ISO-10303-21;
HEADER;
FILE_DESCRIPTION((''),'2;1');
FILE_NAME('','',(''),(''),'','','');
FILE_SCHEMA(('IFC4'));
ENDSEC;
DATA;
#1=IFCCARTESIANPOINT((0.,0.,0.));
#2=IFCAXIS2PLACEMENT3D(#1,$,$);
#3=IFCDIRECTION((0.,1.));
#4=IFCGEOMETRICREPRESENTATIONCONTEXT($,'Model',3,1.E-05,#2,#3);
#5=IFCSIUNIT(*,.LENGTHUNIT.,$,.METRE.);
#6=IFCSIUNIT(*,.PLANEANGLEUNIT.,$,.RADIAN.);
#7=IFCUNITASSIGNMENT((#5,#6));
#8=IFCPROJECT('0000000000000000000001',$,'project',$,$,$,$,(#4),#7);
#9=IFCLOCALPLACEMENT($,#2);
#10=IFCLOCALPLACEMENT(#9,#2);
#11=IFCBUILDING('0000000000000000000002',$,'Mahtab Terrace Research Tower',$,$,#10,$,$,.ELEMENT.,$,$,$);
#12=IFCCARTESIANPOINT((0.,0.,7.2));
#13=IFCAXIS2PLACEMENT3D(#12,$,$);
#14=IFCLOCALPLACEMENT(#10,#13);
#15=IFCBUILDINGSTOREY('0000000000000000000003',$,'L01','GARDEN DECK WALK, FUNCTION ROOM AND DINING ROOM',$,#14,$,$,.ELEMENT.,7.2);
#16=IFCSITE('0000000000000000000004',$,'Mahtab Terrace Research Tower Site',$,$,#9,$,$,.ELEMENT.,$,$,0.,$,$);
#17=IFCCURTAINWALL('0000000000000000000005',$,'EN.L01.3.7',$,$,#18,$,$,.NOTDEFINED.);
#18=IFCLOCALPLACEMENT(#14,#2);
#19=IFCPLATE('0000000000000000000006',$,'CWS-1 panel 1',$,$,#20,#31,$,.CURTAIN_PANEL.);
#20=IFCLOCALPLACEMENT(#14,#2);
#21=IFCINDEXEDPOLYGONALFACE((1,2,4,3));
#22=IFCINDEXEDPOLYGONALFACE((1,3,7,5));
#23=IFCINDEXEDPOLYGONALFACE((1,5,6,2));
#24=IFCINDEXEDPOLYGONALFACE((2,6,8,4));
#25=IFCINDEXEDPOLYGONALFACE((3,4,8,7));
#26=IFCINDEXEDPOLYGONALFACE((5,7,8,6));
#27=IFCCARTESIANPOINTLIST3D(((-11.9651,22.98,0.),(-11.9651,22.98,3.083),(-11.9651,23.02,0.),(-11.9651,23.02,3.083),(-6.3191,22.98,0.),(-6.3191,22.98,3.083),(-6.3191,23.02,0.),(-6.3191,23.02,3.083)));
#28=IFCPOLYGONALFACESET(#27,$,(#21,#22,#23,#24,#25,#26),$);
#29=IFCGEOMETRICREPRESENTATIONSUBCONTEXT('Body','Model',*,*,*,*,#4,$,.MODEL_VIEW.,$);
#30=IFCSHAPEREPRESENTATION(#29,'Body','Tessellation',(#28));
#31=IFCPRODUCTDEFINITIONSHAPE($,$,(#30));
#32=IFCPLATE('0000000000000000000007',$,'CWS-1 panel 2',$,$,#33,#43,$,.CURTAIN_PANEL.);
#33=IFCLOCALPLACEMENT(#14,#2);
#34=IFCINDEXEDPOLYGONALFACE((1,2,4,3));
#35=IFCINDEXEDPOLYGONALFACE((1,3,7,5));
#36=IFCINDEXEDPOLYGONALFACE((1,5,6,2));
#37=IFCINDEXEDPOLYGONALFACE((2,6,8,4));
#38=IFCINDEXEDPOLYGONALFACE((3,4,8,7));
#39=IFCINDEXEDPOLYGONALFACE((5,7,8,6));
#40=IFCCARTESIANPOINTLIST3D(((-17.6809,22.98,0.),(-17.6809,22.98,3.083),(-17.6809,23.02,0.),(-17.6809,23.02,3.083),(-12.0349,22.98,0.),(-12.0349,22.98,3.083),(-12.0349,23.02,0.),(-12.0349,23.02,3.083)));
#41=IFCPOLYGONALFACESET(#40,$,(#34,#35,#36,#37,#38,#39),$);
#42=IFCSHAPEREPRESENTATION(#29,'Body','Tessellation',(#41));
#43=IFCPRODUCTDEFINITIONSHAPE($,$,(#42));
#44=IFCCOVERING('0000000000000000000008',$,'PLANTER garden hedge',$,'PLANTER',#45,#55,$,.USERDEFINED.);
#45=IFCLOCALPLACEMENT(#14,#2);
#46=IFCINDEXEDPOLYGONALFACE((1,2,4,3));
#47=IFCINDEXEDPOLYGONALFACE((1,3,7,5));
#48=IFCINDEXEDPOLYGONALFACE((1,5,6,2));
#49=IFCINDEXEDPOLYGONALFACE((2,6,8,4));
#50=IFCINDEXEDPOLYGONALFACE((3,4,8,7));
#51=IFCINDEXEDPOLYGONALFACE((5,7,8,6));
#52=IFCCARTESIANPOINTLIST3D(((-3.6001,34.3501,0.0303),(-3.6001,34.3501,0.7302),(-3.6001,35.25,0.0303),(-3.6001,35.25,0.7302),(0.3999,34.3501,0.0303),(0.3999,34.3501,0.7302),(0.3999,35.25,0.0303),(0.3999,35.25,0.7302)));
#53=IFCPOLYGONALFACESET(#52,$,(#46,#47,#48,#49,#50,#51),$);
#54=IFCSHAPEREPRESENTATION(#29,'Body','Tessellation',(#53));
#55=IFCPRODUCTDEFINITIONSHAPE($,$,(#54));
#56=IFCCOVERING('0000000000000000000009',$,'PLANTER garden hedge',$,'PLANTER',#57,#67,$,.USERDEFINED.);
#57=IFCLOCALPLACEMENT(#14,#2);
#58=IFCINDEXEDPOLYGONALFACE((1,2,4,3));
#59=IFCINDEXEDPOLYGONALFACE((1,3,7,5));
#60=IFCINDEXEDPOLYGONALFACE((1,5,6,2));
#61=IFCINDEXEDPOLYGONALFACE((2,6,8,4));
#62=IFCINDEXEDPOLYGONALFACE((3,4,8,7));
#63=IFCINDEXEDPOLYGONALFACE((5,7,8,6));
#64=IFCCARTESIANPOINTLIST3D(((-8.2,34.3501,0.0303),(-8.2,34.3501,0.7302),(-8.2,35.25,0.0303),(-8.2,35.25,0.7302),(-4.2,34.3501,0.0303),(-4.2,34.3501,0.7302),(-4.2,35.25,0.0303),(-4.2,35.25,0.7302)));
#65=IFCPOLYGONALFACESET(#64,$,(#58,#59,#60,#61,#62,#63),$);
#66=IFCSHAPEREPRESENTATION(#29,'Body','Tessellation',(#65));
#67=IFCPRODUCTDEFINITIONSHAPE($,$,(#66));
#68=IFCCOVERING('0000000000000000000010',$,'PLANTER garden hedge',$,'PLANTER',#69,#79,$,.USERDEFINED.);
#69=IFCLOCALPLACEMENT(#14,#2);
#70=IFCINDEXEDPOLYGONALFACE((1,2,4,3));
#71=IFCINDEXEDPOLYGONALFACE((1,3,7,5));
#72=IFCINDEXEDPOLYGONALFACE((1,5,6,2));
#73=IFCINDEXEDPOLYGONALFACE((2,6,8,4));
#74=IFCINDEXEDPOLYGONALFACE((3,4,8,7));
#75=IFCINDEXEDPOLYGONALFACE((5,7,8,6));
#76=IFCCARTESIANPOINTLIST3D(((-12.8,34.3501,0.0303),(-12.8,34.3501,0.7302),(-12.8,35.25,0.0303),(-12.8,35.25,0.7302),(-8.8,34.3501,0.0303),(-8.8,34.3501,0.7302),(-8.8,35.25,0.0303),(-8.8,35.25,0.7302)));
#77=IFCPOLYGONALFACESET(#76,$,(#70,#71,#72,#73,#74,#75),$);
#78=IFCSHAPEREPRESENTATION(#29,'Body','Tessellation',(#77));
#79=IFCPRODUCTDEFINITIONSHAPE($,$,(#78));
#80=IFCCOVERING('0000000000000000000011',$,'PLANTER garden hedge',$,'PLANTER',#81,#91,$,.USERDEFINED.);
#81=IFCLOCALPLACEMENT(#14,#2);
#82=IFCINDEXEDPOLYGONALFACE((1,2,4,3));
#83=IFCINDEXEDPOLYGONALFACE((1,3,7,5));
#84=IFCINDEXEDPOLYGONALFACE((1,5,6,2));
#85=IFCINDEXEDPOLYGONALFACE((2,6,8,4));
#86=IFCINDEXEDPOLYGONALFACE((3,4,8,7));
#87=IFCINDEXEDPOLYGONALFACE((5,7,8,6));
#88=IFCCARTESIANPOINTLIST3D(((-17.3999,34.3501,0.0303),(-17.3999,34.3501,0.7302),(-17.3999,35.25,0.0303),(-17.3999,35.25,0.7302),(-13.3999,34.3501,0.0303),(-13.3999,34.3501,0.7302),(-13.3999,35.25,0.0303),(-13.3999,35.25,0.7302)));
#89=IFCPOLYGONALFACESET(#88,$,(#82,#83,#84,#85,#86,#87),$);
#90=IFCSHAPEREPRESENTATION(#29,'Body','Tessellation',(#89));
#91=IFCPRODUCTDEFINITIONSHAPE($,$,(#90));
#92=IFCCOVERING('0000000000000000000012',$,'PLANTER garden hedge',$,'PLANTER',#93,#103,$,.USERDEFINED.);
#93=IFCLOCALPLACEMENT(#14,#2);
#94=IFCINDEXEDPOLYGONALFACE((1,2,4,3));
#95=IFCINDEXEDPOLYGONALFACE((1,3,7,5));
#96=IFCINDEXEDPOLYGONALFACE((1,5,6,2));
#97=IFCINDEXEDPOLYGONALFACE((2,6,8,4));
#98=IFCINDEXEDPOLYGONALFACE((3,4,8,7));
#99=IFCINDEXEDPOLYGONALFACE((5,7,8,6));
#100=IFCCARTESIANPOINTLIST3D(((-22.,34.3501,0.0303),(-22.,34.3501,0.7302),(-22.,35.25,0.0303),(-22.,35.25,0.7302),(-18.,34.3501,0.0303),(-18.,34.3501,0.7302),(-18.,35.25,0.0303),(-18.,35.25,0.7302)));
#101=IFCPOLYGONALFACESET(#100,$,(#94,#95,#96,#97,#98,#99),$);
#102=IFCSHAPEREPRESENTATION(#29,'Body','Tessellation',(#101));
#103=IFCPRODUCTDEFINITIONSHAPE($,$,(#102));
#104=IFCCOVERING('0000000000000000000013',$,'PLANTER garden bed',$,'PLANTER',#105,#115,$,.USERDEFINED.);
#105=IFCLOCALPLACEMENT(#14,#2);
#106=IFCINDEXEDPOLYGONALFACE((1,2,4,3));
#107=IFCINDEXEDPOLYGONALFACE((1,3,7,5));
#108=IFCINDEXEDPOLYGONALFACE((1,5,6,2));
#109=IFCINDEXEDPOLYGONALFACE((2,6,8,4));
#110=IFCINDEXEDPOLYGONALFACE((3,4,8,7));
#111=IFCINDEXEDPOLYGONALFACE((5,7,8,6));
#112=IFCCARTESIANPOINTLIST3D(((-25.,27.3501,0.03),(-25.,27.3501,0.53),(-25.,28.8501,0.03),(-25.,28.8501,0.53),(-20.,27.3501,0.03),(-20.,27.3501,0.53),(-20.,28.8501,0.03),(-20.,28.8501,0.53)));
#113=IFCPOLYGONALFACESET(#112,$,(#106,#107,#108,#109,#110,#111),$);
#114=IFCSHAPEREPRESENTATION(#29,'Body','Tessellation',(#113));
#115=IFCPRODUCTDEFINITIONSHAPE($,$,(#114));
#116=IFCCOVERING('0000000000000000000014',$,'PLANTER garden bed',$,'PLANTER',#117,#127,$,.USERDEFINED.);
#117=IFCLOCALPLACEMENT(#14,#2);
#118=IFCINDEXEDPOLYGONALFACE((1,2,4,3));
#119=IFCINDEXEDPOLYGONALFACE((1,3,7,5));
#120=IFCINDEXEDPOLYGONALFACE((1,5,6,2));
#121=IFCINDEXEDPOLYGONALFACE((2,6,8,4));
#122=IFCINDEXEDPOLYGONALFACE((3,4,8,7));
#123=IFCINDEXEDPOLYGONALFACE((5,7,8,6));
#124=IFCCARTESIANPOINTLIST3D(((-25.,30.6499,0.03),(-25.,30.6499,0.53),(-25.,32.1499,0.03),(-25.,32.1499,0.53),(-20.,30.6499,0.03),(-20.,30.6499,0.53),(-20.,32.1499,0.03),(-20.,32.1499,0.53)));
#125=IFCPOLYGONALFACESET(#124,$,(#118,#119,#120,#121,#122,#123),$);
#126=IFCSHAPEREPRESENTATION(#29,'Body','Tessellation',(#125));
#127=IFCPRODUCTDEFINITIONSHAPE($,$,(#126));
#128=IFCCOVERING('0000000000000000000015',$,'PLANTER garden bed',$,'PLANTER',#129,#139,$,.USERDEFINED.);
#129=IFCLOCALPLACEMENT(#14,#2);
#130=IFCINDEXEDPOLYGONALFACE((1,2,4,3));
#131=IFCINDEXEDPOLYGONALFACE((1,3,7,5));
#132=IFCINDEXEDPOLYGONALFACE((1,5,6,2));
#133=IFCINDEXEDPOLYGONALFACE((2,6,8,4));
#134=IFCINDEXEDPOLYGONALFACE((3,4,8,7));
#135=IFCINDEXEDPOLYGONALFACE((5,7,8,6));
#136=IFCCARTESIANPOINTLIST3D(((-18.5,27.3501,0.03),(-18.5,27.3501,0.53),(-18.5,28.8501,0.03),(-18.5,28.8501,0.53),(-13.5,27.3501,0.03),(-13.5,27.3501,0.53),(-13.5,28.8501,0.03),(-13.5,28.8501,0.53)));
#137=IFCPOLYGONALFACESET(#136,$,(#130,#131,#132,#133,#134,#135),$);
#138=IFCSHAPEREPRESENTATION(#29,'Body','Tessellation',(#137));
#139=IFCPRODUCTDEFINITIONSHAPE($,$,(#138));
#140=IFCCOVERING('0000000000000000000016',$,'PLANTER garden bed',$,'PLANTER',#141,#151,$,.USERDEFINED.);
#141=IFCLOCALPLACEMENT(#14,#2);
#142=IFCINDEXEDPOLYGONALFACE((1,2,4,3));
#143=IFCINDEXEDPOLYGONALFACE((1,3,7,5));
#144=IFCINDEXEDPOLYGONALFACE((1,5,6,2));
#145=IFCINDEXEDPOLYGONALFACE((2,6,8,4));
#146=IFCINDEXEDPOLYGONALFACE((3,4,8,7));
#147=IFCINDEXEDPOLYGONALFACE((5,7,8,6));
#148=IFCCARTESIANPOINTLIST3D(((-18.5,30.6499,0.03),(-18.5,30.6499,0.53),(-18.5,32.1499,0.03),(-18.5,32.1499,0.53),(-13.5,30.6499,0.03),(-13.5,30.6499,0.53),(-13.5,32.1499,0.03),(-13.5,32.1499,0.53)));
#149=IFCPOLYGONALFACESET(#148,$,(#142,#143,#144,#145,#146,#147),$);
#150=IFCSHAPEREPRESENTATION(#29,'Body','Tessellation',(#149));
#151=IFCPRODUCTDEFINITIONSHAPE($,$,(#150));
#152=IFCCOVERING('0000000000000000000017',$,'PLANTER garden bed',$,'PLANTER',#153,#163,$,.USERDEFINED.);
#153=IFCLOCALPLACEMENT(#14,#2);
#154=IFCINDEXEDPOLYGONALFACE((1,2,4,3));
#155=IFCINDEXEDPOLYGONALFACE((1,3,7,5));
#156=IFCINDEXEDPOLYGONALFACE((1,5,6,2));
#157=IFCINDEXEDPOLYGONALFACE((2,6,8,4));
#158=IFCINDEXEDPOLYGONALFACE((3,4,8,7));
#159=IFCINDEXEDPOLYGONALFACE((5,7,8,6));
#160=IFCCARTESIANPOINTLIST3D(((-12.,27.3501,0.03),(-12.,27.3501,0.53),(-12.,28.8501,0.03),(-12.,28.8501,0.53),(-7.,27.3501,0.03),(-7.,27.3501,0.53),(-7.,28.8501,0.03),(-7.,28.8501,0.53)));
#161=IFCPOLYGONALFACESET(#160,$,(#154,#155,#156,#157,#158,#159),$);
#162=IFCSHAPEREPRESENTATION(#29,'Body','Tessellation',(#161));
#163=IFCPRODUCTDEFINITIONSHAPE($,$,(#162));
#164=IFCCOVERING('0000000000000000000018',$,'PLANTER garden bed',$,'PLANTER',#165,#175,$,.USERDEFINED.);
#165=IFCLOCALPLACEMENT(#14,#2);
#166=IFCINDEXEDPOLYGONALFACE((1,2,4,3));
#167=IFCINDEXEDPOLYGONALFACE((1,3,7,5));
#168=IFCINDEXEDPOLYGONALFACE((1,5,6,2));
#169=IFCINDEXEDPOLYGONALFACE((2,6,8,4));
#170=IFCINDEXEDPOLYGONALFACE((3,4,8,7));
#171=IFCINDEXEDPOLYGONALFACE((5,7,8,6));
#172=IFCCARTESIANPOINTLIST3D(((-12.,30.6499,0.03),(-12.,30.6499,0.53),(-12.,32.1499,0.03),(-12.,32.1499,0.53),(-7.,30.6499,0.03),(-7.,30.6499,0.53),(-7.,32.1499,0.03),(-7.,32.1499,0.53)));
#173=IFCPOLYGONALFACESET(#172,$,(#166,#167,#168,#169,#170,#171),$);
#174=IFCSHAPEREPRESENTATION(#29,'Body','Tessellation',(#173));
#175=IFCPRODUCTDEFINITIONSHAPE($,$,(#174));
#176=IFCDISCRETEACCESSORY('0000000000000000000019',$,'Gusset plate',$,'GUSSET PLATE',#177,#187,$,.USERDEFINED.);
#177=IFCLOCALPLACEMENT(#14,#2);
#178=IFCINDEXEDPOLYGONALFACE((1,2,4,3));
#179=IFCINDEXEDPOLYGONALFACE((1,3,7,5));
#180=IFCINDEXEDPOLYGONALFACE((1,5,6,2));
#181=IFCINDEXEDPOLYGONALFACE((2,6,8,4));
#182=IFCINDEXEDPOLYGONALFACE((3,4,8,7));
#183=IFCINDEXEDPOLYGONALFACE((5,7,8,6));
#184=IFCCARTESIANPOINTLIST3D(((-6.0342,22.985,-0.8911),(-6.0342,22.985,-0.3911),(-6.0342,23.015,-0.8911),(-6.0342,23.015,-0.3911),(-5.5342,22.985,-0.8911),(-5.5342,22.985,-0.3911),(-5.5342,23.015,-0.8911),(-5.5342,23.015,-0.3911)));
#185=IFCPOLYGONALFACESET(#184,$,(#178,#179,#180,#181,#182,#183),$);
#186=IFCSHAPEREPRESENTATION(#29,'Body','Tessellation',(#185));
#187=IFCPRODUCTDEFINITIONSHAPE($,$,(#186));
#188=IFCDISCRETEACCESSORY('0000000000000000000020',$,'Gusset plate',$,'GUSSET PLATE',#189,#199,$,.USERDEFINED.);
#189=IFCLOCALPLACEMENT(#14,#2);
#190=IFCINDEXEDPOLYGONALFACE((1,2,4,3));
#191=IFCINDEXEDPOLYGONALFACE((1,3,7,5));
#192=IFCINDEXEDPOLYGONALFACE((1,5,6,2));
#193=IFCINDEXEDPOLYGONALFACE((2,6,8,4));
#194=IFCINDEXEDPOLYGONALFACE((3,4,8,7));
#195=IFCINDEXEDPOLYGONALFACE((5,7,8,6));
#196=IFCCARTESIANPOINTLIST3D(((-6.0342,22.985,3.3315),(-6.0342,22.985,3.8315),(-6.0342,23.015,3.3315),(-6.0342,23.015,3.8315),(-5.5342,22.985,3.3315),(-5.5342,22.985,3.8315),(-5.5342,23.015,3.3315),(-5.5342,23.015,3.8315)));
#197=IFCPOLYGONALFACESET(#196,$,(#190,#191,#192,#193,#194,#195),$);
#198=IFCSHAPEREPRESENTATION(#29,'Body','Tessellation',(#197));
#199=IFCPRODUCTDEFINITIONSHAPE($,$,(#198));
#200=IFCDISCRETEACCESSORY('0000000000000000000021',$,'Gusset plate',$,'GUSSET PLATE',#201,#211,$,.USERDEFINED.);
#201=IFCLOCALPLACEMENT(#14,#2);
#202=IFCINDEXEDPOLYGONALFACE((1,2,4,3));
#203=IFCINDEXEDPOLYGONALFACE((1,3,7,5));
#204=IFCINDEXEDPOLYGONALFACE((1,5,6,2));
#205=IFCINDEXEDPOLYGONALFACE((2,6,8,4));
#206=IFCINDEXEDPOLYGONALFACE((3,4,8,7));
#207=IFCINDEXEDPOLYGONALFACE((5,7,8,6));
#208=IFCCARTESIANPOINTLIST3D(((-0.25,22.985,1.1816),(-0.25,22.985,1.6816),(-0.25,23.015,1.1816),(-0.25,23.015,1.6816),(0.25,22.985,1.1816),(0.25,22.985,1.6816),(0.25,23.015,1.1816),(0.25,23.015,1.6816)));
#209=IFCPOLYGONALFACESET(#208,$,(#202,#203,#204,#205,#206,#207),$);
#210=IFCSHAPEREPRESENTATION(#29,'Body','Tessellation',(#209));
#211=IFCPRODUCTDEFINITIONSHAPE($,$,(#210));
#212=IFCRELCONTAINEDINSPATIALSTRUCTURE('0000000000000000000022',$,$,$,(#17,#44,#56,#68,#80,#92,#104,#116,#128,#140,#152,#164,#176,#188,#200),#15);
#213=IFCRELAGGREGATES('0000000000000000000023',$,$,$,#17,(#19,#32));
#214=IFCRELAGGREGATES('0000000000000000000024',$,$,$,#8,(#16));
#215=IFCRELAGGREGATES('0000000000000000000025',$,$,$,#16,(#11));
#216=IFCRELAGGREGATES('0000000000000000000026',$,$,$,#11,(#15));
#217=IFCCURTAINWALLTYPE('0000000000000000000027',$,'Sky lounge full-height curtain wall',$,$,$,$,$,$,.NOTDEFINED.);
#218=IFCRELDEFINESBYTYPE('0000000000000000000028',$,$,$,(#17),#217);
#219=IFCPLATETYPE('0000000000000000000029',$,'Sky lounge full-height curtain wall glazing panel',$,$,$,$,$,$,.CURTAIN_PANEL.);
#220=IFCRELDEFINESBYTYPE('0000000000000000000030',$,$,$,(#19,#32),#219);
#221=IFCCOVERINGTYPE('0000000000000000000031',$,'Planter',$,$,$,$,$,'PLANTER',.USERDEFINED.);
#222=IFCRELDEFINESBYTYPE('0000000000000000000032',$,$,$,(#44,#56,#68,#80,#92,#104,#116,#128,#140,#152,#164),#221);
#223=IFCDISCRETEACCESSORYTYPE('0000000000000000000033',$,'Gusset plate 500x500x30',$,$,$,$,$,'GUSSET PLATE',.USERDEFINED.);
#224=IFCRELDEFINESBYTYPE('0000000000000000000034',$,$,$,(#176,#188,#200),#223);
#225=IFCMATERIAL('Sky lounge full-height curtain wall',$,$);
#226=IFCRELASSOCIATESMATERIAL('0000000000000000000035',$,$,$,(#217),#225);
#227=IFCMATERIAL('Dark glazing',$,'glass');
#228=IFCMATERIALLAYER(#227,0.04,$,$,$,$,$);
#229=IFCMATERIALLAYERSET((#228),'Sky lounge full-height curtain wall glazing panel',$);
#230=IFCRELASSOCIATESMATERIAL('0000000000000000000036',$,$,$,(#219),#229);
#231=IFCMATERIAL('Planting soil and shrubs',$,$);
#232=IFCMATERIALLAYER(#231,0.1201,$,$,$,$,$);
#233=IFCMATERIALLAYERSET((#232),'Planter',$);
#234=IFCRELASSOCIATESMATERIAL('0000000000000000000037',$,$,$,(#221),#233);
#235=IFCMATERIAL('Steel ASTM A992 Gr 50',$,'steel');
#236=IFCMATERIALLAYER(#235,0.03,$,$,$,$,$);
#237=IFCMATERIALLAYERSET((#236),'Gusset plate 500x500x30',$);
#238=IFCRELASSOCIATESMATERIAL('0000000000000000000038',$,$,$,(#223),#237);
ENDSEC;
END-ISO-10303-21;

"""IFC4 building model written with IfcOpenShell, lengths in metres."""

from ifc_helpers import new_model, si_unit, direction, frame, origin, origin_2d, place, context, subcontext, project, spatial, rectangle, extrude, material, layer, layer_set, type_object, element, aggregate, save


model = new_model("IFC4")

# Units and contexts
model_context = context("Model", 3, precision=1e-05, world=origin(), true_north=direction((0.0, 1.0)))
body_context = subcontext(model_context, "Body", "Model", "MODEL_VIEW")
ifc_project = project(units=[si_unit("LENGTHUNIT", "METRE"), si_unit("PLANEANGLEUNIT", "RADIAN")], contexts=[model_context])

# Site, building, storey
site_placement = place(None, origin())
site = spatial("IfcSite", under=ifc_project, at=site_placement, Name="Mahtab Terrace Research Tower Site", CompositionType="ELEMENT", RefElevation=0.0)
building_placement = place(site_placement, origin())
building = spatial("IfcBuilding", under=site, at=building_placement, Name="Mahtab Terrace Research Tower", CompositionType="ELEMENT")
storey_placement = place(building_placement, frame((0.0, 0.0, 7.2)))
storey = spatial("IfcBuildingStorey", under=building, at=storey_placement, Name="L01", Description="GARDEN DECK WALK, FUNCTION ROOM AND DINING ROOM", CompositionType="ELEMENT", Elevation=7.2)

# Shared definitions
ifc_material_1 = material(Name="Steel ASTM A992 Gr 50", Category="steel")

# Curtain wall
ifc_material_2 = material(Name="Sky lounge full-height curtain wall")
curtain_wall_type = type_object("IfcCurtainWallType", Name="Sky lounge full-height curtain wall", PredefinedType="NOTDEFINED", material=ifc_material_2)
curtain_wall_placement = place(storey_placement, origin())
curtain_wall = element("IfcCurtainWall", 1, at=curtain_wall_placement, inside=storey, type_object=curtain_wall_type, Name="EN.L01.3.7", PredefinedType="NOTDEFINED")

# Plates
ifc_material_3 = material(Name="Dark glazing", Category="glass")
ifc_layer_1 = layer(ifc_material_3, 0.04)
ifc_layer_set_1 = layer_set([ifc_layer_1], Name="Sky lounge full-height curtain wall glazing panel")
plate_type = type_object("IfcPlateType", Name="Sky lounge full-height curtain wall glazing panel", PredefinedType="CURTAIN_PANEL", material=ifc_layer_set_1)
plate_1_placement = place(storey_placement, frame((-9.1421, 23.0, 0.0), z_axis=(0.0, 0.0, 1.0), x_axis=(-1.0, 0.0, 0.0)))
plate_1 = element("IfcPlate", 2, at=plate_1_placement, type_object=plate_type, Name="CWS-1 panel 1", PredefinedType="CURTAIN_PANEL", context=body_context, shape_type="SweptSolid", body=[
    extrude(rectangle(XDim=5.646, YDim=0.04, at=origin_2d()), origin(), (0.0, 0.0, 1.0), 3.083),
])
plate_2_placement = place(storey_placement, frame((-14.8579, 23.0, 0.0), z_axis=(0.0, 0.0, 1.0), x_axis=(-1.0, 0.0, 0.0)))
plate_2 = element("IfcPlate", 3, at=plate_2_placement, type_object=plate_type, Name="CWS-1 panel 2", PredefinedType="CURTAIN_PANEL", context=body_context, shape_type="SweptSolid", body=[
    extrude(rectangle(XDim=5.646, YDim=0.04, at=origin_2d()), origin(), (0.0, 0.0, 1.0), 3.083),
])
aggregate(curtain_wall, [plate_1, plate_2])

# Coverings
ifc_material_4 = material(Name="Planting soil and shrubs")
ifc_layer_2 = layer(ifc_material_4, 0.1201)
ifc_layer_set_2 = layer_set([ifc_layer_2], Name="Planter")
covering_type = type_object("IfcCoveringType", Name="Planter", ElementType="PLANTER", PredefinedType="USERDEFINED", material=ifc_layer_set_2)
for number, where, z_axis, x_axis, name in (
    (4, (-1.6001, 34.8, 0.0303), (0.0, 0.0, 1.0), (-1.0, 0.0, 0.0), "PLANTER garden hedge"),
    (5, (-6.2, 34.8, 0.0303), (0.0, 0.0, 1.0), (-1.0, 0.0, 0.0), "PLANTER garden hedge"),
    (6, (-10.8, 34.8, 0.0303), (0.0, 0.0, 1.0), (-1.0, 0.0, 0.0), "PLANTER garden hedge"),
    (7, (-15.3999, 34.8, 0.0303), (0.0, 0.0, 1.0), (-1.0, 0.0, 0.0), "PLANTER garden hedge"),
    (8, (-20.0, 34.8, 0.0303), (0.0, 0.0, 1.0), (-1.0, 0.0, 0.0), "PLANTER garden hedge"),
):
    element("IfcCovering", number, at=place(storey_placement, frame(where, z_axis=z_axis, x_axis=x_axis)), inside=storey, type_object=covering_type, Name=name, ObjectType="PLANTER", PredefinedType="USERDEFINED", context=body_context, shape_type="SweptSolid", body=[
        extrude(rectangle(XDim=4.0, YDim=0.8999, at=origin_2d()), origin(), (0.0, 0.0, 1.0), 0.7),
    ])
for number, where, z_axis, x_axis, name in (
    (9, (-22.5, 28.1001, 0.03), (0.0, 0.0, 1.0), (1.0, 0.0, 0.0), "PLANTER garden bed"),
    (10, (-22.5, 31.3999, 0.03), (0.0, 0.0, 1.0), (1.0, 0.0, 0.0), "PLANTER garden bed"),
    (11, (-16.0, 28.1001, 0.03), (0.0, 0.0, 1.0), (1.0, 0.0, 0.0), "PLANTER garden bed"),
    (12, (-16.0, 31.3999, 0.03), (0.0, 0.0, 1.0), (1.0, 0.0, 0.0), "PLANTER garden bed"),
    (13, (-9.5, 28.1001, 0.03), (0.0, 0.0, 1.0), (1.0, 0.0, 0.0), "PLANTER garden bed"),
    (14, (-9.5, 31.3999, 0.03), (0.0, 0.0, 1.0), (1.0, 0.0, 0.0), "PLANTER garden bed"),
):
    element("IfcCovering", number, at=place(storey_placement, frame(where, z_axis=z_axis, x_axis=x_axis)), inside=storey, type_object=covering_type, Name=name, ObjectType="PLANTER", PredefinedType="USERDEFINED", context=body_context, shape_type="SweptSolid", body=[
        extrude(rectangle(XDim=5.0, YDim=1.5, at=origin_2d()), origin(), (0.0, 0.0, 1.0), 0.5),
    ])

# Discrete accessories
ifc_layer_3 = layer(ifc_material_1, 0.03)
ifc_layer_set_3 = layer_set([ifc_layer_3], Name="Gusset plate 500x500x30")
discrete_accessory_type = type_object("IfcDiscreteAccessoryType", Name="Gusset plate 500x500x30", ElementType="GUSSET PLATE", PredefinedType="USERDEFINED", material=ifc_layer_set_3)
for number, where, z_axis, x_axis, name in (
    (15, (-5.7842, 23.0, -0.8911), (0.0, 0.0, 1.0), (1.0, 0.0, 0.0), "Gusset plate"),
    (16, (-5.7842, 23.0, 3.3315), (0.0, 0.0, 1.0), (1.0, 0.0, 0.0), "Gusset plate"),
    (17, (0.0, 23.0, 1.1816), (0.0, 0.0, 1.0), (1.0, 0.0, 0.0), "Gusset plate"),
):
    element("IfcDiscreteAccessory", number, at=place(storey_placement, frame(where, z_axis=z_axis, x_axis=x_axis)), inside=storey, type_object=discrete_accessory_type, Name=name, ObjectType="GUSSET PLATE", PredefinedType="USERDEFINED", context=body_context, shape_type="SweptSolid", body=[
        extrude(rectangle(XDim=0.5, YDim=0.03, at=origin_2d()), origin(), (0.0, 0.0, 1.0), 0.5),
    ])

save(model, "model.ifc")
